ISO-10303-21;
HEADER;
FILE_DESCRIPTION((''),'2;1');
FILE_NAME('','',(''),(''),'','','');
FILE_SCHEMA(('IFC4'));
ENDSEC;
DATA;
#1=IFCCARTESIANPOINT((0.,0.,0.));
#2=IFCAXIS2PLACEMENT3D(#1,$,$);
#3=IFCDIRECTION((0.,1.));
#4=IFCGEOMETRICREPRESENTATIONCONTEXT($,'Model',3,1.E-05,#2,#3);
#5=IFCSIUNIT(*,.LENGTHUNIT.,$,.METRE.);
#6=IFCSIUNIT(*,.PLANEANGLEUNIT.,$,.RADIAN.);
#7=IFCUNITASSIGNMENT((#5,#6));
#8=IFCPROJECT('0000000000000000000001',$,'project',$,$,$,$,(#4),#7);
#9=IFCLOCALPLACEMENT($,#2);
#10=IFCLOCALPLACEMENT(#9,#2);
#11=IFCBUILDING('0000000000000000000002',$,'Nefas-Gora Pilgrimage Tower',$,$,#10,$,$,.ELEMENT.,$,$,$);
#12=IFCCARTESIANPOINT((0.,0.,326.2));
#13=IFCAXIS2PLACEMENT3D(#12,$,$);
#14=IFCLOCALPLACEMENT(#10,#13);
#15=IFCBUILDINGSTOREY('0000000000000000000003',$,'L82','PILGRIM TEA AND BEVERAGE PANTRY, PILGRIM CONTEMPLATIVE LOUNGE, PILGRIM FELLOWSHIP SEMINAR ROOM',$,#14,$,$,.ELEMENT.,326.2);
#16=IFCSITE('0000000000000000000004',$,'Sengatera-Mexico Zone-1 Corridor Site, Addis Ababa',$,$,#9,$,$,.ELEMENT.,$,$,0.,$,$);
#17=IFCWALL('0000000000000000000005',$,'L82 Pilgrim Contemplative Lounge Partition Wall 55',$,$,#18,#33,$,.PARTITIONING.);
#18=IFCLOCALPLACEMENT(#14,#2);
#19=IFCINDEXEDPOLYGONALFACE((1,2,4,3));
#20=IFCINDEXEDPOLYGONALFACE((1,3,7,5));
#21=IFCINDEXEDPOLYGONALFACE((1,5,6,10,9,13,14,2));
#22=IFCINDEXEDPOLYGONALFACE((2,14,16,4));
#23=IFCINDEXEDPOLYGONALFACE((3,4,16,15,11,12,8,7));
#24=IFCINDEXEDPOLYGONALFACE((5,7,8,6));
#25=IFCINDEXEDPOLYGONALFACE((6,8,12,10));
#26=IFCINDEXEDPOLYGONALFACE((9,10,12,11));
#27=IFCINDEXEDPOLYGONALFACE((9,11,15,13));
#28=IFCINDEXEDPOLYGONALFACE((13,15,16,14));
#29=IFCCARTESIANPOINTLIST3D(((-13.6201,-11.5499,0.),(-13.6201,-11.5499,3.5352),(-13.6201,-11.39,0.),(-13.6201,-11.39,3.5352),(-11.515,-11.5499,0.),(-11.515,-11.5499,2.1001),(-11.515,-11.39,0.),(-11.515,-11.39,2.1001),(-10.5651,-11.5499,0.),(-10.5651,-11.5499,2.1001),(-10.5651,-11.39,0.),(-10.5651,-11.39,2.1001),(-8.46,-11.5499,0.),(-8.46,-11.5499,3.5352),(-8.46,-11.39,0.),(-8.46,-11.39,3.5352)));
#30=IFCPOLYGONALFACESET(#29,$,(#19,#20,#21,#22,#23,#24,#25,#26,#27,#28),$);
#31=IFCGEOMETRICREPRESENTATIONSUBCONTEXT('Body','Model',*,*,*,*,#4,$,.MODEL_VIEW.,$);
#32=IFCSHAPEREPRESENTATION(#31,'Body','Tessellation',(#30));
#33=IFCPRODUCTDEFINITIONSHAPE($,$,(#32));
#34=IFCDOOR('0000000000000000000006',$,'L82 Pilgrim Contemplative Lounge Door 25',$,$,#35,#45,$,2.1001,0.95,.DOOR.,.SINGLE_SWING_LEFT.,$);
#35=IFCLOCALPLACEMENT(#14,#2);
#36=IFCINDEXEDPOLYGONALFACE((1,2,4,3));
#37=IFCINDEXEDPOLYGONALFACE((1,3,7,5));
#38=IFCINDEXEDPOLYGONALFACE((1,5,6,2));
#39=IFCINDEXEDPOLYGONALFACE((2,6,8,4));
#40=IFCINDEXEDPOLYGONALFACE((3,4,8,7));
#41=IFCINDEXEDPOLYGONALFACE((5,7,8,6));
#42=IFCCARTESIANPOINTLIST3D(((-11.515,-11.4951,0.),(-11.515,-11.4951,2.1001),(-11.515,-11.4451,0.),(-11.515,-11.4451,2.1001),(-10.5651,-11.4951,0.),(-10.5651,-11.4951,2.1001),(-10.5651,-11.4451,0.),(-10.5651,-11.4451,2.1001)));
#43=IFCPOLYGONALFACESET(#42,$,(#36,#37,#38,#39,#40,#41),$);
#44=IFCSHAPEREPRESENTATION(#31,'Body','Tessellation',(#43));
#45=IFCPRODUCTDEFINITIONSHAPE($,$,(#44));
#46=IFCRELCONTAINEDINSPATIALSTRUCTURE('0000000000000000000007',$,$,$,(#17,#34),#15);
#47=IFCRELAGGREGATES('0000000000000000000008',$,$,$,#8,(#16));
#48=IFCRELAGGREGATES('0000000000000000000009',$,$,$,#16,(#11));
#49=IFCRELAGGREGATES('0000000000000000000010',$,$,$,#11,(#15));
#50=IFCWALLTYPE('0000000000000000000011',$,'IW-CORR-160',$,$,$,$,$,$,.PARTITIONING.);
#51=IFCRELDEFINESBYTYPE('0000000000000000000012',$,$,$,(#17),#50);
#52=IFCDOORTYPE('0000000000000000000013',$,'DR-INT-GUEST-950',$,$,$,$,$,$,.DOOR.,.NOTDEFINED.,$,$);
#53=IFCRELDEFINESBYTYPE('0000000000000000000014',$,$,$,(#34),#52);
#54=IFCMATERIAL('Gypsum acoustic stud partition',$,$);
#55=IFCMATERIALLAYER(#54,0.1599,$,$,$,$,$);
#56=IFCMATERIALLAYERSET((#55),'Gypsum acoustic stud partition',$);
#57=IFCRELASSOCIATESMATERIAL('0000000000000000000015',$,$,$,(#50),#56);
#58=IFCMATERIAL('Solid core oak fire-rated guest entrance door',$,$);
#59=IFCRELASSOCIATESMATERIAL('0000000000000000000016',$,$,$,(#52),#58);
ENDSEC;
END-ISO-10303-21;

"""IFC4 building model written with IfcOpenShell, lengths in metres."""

from ifc_helpers import new_model, si_unit, direction, frame, frame_2d, origin, place, context, subcontext, project, spatial, rectangle, extrude, source, transform, mapped, material, layer, layer_set, type_object, element, fill, save


model = new_model("IFC4")

# Units and contexts
model_context = context("Model", 3, precision=1e-05, world=origin(), true_north=direction((0.0, 1.0)))
body_context = subcontext(model_context, "Body", "Model", "MODEL_VIEW")
ifc_project = project(units=[si_unit("LENGTHUNIT", "METRE"), si_unit("PLANEANGLEUNIT", "RADIAN")], contexts=[model_context])

# Site, building, storey
site_placement = place(None, origin())
site = spatial("IfcSite", under=ifc_project, at=site_placement, Name="Sengatera-Mexico Zone-1 Corridor Site, Addis Ababa", CompositionType="ELEMENT", RefElevation=0.0)
building_placement = place(site_placement, origin())
building = spatial("IfcBuilding", under=site, at=building_placement, Name="Nefas-Gora Pilgrimage Tower", CompositionType="ELEMENT")
storey_placement = place(building_placement, frame((0.0, 0.0, 326.2)))
storey = spatial("IfcBuildingStorey", under=building, at=storey_placement, Name="L82", Description="PILGRIM TEA AND BEVERAGE PANTRY, PILGRIM CONTEMPLATIVE LOUNGE, PILGRIM FELLOWSHIP SEMINAR ROOM", CompositionType="ELEMENT", Elevation=326.2)

# Wall, opening, door
ifc_material_1 = material(Name="Gypsum acoustic stud partition")
ifc_layer_1 = layer(ifc_material_1, 0.1599)
ifc_layer_set_1 = layer_set([ifc_layer_1], Name="Gypsum acoustic stud partition")
wall_type_1 = type_object("IfcWallType", Name="IW-CORR-160", PredefinedType="PARTITIONING", material=ifc_layer_set_1)
ifc_material_2 = material(Name="Solid core oak fire-rated guest entrance door")
door_type = type_object("IfcDoorType", Name="DR-INT-GUEST-950", OperationType="NOTDEFINED", PredefinedType="DOOR", material=ifc_material_2)
shared_shape_1 = source(origin(), body_context, "Body", "SweptSolid", [
    extrude(rectangle(XDim=0.95, YDim=2.1001, at=frame_2d((0.4751, 1.05))), frame((0.0, 0.0249, 0.0), z_axis=(0.0, -1.0, 0.0), x_axis=(1.0, 0.0, 0.0)), (0.0, 0.0, 1.0), 0.05),
])
shared_shape_2 = source(origin(), body_context, "Body", "SweptSolid", [
    extrude(rectangle(XDim=5.1602, YDim=0.1599, at=frame_2d((2.5801, 0.0))), origin(), (0.0, 0.0, 1.0), 3.5352),
])
wall_1_placement = place(storey_placement, frame((-13.6201, -11.47, 0.0), z_axis=(0.0, 0.0, 1.0), x_axis=(1.0, 0.0, 0.0)))
wall_1 = element("IfcWall", 1, at=wall_1_placement, inside=storey, type_object=wall_type_1, Name="L82 Pilgrim Contemplative Lounge Partition Wall 55", PredefinedType="PARTITIONING", context=body_context, shape_type="MappedRepresentation", body=[
    mapped(shared_shape_2, transform((0.0, 0.0, 0.0), x_axis=(1.0, 0.0, 0.0), y_axis=(0.0, 1.0, 0.0), z_axis=(0.0, 0.0, 1.0), scale=1.0)),
])
opening_1_placement = place(wall_1_placement, frame((2.105, 0.0, 0.0)))
opening_1 = element("IfcOpeningElement", 2, at=opening_1_placement, cuts=wall_1, PredefinedType="OPENING", context=body_context, shape_type="SweptSolid", body=[
    extrude(rectangle(XDim=0.95, YDim=2.1001, at=frame_2d((0.4751, 1.05))), frame((0.0, 0.0898, 0.0), z_axis=(0.0, -1.0, 0.0), x_axis=(1.0, 0.0, 0.0)), (0.0, 0.0, 1.0), 0.1799),
])
door_1_placement = place(opening_1_placement, origin())
door_1 = element("IfcDoor", 3, at=door_1_placement, inside=storey, type_object=door_type, Name="L82 Pilgrim Contemplative Lounge Door 25", OperationType="SINGLE_SWING_LEFT", OverallHeight=2.1001, OverallWidth=0.95, PredefinedType="DOOR", context=body_context, shape_type="MappedRepresentation", body=[
    mapped(shared_shape_1, transform((0.0, 0.0, 0.0), x_axis=(1.0, 0.0, 0.0), y_axis=(0.0, 1.0, 0.0), z_axis=(0.0, 0.0, 1.0), scale=1.0)),
])
fill(opening_1, door_1)

save(model, "model.ifc")
